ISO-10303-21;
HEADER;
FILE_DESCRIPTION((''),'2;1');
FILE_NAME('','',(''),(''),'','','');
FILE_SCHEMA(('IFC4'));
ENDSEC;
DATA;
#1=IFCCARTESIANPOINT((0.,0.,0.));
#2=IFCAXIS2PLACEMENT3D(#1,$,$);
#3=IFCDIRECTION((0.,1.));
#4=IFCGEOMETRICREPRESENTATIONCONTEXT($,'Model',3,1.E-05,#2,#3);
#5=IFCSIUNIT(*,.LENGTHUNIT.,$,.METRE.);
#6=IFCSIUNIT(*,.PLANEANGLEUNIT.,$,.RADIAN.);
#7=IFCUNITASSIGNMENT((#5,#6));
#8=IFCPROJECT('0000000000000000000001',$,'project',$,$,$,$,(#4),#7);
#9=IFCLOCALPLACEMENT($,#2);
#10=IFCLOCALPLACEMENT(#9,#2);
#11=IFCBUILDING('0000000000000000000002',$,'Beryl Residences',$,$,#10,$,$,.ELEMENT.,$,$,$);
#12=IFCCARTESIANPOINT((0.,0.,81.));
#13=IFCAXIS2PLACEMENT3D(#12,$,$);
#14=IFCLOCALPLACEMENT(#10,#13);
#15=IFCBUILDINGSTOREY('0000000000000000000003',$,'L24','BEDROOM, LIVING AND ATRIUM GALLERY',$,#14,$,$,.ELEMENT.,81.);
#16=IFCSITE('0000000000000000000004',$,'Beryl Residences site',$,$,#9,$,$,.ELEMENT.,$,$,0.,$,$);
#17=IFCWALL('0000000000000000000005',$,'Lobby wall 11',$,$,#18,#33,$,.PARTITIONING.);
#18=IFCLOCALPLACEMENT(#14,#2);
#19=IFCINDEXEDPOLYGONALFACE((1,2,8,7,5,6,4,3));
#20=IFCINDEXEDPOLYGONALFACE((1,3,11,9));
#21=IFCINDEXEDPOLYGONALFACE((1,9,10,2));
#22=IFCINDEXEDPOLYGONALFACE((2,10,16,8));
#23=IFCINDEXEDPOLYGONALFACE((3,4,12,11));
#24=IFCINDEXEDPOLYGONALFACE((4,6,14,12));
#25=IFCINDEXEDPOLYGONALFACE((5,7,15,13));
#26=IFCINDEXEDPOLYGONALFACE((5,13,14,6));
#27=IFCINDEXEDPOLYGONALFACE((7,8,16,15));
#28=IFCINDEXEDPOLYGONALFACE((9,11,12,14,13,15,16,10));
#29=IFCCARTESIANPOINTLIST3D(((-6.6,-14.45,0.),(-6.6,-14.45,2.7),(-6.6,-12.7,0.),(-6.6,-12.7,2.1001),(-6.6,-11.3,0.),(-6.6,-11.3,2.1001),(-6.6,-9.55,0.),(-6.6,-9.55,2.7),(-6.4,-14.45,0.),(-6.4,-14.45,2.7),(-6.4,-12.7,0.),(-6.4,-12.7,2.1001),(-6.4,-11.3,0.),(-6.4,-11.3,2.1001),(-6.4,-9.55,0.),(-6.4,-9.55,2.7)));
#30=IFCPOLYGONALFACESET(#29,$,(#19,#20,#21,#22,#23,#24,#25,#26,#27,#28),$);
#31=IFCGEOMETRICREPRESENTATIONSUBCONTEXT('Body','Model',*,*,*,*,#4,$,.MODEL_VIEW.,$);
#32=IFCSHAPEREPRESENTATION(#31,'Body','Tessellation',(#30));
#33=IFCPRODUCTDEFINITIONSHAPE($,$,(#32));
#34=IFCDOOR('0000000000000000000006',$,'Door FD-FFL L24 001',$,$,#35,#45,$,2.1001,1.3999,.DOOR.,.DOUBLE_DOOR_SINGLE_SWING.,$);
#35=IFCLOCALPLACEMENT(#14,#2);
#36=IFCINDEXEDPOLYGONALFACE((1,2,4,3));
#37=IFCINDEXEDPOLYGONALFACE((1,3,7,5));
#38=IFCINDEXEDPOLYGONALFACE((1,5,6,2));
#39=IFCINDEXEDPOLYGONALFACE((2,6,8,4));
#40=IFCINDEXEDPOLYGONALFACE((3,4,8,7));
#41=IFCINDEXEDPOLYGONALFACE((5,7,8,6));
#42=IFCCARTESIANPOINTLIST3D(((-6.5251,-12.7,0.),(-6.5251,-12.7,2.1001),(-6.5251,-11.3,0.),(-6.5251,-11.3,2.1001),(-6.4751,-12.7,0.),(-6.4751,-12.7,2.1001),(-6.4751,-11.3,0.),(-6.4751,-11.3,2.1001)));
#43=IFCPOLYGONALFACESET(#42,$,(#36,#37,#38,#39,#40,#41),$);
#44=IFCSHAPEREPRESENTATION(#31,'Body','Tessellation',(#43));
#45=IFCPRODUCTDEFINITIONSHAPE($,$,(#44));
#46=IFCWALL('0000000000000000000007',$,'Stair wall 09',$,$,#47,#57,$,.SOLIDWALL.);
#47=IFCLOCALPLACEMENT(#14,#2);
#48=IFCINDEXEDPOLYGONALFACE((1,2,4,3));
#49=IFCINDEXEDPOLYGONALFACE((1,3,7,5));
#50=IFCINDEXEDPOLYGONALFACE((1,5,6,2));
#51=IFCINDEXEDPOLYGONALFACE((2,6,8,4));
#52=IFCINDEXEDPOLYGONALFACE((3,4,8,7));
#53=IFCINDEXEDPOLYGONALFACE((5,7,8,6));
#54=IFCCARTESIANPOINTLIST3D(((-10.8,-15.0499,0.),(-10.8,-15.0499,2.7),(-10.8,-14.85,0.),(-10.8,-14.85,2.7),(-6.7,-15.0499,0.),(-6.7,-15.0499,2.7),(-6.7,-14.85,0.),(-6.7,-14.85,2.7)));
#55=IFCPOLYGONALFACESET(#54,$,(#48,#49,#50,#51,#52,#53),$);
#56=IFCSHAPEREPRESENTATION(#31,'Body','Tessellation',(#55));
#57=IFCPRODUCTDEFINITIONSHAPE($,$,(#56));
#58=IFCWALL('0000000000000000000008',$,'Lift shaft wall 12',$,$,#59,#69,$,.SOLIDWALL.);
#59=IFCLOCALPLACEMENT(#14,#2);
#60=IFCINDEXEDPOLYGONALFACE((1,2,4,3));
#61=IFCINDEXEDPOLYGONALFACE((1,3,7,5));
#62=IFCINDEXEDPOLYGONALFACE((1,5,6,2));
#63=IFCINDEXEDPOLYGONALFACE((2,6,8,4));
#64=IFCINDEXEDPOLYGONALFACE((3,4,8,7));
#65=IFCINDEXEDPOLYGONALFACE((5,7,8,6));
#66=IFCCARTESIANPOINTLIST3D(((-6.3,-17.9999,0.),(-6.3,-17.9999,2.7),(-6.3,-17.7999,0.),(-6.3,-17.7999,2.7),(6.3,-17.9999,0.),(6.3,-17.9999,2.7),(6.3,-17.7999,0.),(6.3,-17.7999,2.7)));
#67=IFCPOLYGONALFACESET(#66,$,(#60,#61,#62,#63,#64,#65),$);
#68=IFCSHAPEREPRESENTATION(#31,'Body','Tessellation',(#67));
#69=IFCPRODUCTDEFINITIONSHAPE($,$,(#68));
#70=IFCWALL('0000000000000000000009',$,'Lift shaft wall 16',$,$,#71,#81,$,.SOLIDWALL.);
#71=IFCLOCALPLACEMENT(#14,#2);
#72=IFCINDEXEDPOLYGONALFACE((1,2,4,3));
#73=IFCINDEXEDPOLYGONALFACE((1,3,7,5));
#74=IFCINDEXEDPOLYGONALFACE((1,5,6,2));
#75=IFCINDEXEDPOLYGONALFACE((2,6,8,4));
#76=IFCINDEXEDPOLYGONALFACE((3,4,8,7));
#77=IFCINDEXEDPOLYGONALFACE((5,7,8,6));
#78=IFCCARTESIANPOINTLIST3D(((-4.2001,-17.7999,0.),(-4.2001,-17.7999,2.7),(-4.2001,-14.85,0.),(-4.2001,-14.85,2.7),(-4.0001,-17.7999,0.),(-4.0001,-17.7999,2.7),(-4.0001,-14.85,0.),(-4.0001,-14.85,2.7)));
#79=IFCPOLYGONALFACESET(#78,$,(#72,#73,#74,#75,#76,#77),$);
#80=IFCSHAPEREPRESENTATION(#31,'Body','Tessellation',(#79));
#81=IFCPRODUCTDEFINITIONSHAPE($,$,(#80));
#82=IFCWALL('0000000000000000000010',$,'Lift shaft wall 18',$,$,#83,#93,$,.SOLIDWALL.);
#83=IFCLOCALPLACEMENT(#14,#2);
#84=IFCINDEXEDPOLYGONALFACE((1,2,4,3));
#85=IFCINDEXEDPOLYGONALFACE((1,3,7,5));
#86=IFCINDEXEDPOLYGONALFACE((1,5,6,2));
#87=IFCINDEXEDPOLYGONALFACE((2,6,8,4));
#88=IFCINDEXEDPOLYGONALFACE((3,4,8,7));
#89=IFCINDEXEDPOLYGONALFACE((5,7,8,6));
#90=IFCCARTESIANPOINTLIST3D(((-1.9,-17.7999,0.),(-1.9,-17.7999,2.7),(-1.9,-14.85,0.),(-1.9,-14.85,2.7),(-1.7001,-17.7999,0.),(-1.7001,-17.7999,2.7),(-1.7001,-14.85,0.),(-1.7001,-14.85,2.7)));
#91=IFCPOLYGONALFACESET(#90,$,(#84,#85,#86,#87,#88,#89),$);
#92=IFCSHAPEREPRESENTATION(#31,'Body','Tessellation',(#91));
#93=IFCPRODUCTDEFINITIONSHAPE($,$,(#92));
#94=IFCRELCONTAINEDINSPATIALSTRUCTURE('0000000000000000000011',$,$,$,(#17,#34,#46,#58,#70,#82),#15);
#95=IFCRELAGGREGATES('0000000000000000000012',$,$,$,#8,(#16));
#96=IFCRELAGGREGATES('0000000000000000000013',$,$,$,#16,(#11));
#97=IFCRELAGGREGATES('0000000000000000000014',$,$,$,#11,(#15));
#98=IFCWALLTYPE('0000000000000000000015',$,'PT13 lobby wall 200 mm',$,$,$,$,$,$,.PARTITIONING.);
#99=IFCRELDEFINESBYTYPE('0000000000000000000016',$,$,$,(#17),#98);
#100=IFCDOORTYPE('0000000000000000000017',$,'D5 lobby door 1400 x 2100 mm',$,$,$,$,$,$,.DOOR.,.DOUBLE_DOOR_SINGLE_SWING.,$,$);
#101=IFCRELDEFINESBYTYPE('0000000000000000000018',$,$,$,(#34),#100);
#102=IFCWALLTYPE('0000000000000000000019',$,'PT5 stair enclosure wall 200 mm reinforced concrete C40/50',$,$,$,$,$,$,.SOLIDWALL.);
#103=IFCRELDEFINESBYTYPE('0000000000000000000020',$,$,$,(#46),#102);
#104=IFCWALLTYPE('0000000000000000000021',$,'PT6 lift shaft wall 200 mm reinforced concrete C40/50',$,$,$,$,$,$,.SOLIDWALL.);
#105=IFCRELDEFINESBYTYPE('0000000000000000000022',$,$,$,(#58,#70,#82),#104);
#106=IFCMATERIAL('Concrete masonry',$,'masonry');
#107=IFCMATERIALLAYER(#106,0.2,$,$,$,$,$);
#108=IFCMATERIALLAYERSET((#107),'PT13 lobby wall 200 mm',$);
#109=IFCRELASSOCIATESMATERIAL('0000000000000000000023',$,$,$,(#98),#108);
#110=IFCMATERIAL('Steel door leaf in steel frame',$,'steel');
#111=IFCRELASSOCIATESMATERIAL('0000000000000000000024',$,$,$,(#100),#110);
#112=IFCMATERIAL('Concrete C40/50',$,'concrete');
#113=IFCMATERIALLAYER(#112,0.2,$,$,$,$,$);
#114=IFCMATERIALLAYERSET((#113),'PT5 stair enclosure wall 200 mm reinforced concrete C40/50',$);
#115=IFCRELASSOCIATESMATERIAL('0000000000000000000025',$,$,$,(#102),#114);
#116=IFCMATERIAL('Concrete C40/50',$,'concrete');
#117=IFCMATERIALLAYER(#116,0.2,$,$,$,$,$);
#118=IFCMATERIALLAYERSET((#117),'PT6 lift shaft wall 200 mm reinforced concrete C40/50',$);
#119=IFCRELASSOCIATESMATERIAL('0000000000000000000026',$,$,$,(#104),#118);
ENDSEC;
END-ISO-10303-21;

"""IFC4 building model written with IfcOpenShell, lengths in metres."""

from ifc_helpers import new_model, si_unit, direction, frame, frame_2d, origin, place, context, subcontext, project, spatial, rectangle, extrude, material, layer, layer_set, type_object, element, fill, save


model = new_model("IFC4")

# Units and contexts
model_context = context("Model", 3, precision=1e-05, world=origin(), true_north=direction((0.0, 1.0)))
body_context = subcontext(model_context, "Body", "Model", "MODEL_VIEW")
ifc_project = project(units=[si_unit("LENGTHUNIT", "METRE"), si_unit("PLANEANGLEUNIT", "RADIAN")], contexts=[model_context])

# Site, building, storey
site_placement = place(None, origin())
site = spatial("IfcSite", under=ifc_project, at=site_placement, Name="Beryl Residences site", CompositionType="ELEMENT", RefElevation=0.0)
building_placement = place(site_placement, origin())
building = spatial("IfcBuilding", under=site, at=building_placement, Name="Beryl Residences", CompositionType="ELEMENT")
storey_placement = place(building_placement, frame((0.0, 0.0, 81.0)))
storey = spatial("IfcBuildingStorey", under=building, at=storey_placement, Name="L24", Description="BEDROOM, LIVING AND ATRIUM GALLERY", CompositionType="ELEMENT", Elevation=81.0)

# Wall, opening, door
ifc_material_1 = material(Name="Concrete masonry", Category="masonry")
ifc_layer_1 = layer(ifc_material_1, 0.2)
ifc_layer_set_1 = layer_set([ifc_layer_1], Name="PT13 lobby wall 200 mm")
wall_type_1 = type_object("IfcWallType", Name="PT13 lobby wall 200 mm", PredefinedType="PARTITIONING", material=ifc_layer_set_1)
wall_1_placement = place(storey_placement, frame((-6.5, -14.45, 0.0), z_axis=(0.0, 0.0, 1.0), x_axis=(0.0, 1.0, 0.0)))
wall_1 = element("IfcWall", 1, at=wall_1_placement, inside=storey, type_object=wall_type_1, Name="Lobby wall 11", PredefinedType="PARTITIONING", context=body_context, shape_type="SweptSolid", body=[
    extrude(rectangle(XDim=4.8999, YDim=0.2, at=frame_2d((2.45, 0.0))), origin(), (0.0, 0.0, 1.0), 2.7),
])
opening_1_placement = place(wall_1_placement, frame((3.1499, 0.0, 0.0), z_axis=(0.0, 0.0, 1.0), x_axis=(-1.0, 0.0, 0.0)))
opening_1 = element("IfcOpeningElement", 2, at=opening_1_placement, cuts=wall_1, PredefinedType="OPENING", context=body_context, shape_type="SweptSolid", body=[
    extrude(rectangle(XDim=1.3999, YDim=2.1001, at=frame_2d((0.7, 1.05))), frame((0.0, 0.1099, 0.0), z_axis=(0.0, -1.0, 0.0), x_axis=(1.0, 0.0, 0.0)), (0.0, 0.0, 1.0), 0.22),
])
ifc_material_2 = material(Name="Steel door leaf in steel frame", Category="steel")
door_type_1 = type_object("IfcDoorType", Name="D5 lobby door 1400 x 2100 mm", OperationType="DOUBLE_DOOR_SINGLE_SWING", PredefinedType="DOOR", material=ifc_material_2)
door_1_placement = place(opening_1_placement, origin())
door_1 = element("IfcDoor", 3, at=door_1_placement, inside=storey, type_object=door_type_1, Name="Door FD-FFL L24 001", OperationType="DOUBLE_DOOR_SINGLE_SWING", OverallHeight=2.1001, OverallWidth=1.3999, PredefinedType="DOOR", context=body_context, shape_type="SweptSolid", body=[
    extrude(rectangle(XDim=1.3999, YDim=2.1001, at=frame_2d((0.7, 1.05))), frame((0.0, 0.0249, 0.0), z_axis=(0.0, -1.0, 0.0), x_axis=(1.0, 0.0, 0.0)), (0.0, 0.0, 1.0), 0.05),
])
fill(opening_1, door_1)

# Walls
ifc_material_3 = material(Name="Concrete C40/50", Category="concrete")
ifc_layer_2 = layer(ifc_material_3, 0.2)
ifc_layer_set_2 = layer_set([ifc_layer_2], Name="PT5 stair enclosure wall 200 mm reinforced concrete C40/50")
wall_type_2 = type_object("IfcWallType", Name="PT5 stair enclosure wall 200 mm reinforced concrete C40/50", PredefinedType="SOLIDWALL", material=ifc_layer_set_2)
wall_2_placement = place(storey_placement, frame((-10.8, -14.95, 0.0), z_axis=(0.0, 0.0, 1.0), x_axis=(1.0, 0.0, 0.0)))
element("IfcWall", 4, at=wall_2_placement, inside=storey, type_object=wall_type_2, Name="Stair wall 09", PredefinedType="SOLIDWALL", context=body_context, shape_type="SweptSolid", body=[
    extrude(rectangle(XDim=4.1001, YDim=0.2, at=frame_2d((2.05, 0.0))), origin(), (0.0, 0.0, 1.0), 2.7),
])
ifc_material_4 = material(Name="Concrete C40/50", Category="concrete")
ifc_layer_3 = layer(ifc_material_4, 0.2)
ifc_layer_set_3 = layer_set([ifc_layer_3], Name="PT6 lift shaft wall 200 mm reinforced concrete C40/50")
wall_type_3 = type_object("IfcWallType", Name="PT6 lift shaft wall 200 mm reinforced concrete C40/50", PredefinedType="SOLIDWALL", material=ifc_layer_set_3)
wall_3_placement = place(storey_placement, frame((-6.3, -17.8999, 0.0), z_axis=(0.0, 0.0, 1.0), x_axis=(1.0, 0.0, 0.0)))
element("IfcWall", 5, at=wall_3_placement, inside=storey, type_object=wall_type_3, Name="Lift shaft wall 12", PredefinedType="SOLIDWALL", context=body_context, shape_type="SweptSolid", body=[
    extrude(rectangle(XDim=12.6001, YDim=0.2, at=frame_2d((6.3, 0.0))), origin(), (0.0, 0.0, 1.0), 2.7),
])
for number, where, z_axis, x_axis, name in (
    (6, (-4.1001, -17.8, 0.0), (0.0, 0.0, 1.0), (0.0, 1.0, 0.0), "Lift shaft wall 16"),
    (7, (-1.8, -17.8, 0.0), (0.0, 0.0, 1.0), (0.0, 1.0, 0.0), "Lift shaft wall 18"),
):
    element("IfcWall", number, at=place(storey_placement, frame(where, z_axis=z_axis, x_axis=x_axis)), inside=storey, type_object=wall_type_3, Name=name, PredefinedType="SOLIDWALL", context=body_context, shape_type="SweptSolid", body=[
        extrude(rectangle(XDim=2.95, YDim=0.2, at=frame_2d((1.4751, 0.0))), origin(), (0.0, 0.0, 1.0), 2.7),
    ])

save(model, "model.ifc")
